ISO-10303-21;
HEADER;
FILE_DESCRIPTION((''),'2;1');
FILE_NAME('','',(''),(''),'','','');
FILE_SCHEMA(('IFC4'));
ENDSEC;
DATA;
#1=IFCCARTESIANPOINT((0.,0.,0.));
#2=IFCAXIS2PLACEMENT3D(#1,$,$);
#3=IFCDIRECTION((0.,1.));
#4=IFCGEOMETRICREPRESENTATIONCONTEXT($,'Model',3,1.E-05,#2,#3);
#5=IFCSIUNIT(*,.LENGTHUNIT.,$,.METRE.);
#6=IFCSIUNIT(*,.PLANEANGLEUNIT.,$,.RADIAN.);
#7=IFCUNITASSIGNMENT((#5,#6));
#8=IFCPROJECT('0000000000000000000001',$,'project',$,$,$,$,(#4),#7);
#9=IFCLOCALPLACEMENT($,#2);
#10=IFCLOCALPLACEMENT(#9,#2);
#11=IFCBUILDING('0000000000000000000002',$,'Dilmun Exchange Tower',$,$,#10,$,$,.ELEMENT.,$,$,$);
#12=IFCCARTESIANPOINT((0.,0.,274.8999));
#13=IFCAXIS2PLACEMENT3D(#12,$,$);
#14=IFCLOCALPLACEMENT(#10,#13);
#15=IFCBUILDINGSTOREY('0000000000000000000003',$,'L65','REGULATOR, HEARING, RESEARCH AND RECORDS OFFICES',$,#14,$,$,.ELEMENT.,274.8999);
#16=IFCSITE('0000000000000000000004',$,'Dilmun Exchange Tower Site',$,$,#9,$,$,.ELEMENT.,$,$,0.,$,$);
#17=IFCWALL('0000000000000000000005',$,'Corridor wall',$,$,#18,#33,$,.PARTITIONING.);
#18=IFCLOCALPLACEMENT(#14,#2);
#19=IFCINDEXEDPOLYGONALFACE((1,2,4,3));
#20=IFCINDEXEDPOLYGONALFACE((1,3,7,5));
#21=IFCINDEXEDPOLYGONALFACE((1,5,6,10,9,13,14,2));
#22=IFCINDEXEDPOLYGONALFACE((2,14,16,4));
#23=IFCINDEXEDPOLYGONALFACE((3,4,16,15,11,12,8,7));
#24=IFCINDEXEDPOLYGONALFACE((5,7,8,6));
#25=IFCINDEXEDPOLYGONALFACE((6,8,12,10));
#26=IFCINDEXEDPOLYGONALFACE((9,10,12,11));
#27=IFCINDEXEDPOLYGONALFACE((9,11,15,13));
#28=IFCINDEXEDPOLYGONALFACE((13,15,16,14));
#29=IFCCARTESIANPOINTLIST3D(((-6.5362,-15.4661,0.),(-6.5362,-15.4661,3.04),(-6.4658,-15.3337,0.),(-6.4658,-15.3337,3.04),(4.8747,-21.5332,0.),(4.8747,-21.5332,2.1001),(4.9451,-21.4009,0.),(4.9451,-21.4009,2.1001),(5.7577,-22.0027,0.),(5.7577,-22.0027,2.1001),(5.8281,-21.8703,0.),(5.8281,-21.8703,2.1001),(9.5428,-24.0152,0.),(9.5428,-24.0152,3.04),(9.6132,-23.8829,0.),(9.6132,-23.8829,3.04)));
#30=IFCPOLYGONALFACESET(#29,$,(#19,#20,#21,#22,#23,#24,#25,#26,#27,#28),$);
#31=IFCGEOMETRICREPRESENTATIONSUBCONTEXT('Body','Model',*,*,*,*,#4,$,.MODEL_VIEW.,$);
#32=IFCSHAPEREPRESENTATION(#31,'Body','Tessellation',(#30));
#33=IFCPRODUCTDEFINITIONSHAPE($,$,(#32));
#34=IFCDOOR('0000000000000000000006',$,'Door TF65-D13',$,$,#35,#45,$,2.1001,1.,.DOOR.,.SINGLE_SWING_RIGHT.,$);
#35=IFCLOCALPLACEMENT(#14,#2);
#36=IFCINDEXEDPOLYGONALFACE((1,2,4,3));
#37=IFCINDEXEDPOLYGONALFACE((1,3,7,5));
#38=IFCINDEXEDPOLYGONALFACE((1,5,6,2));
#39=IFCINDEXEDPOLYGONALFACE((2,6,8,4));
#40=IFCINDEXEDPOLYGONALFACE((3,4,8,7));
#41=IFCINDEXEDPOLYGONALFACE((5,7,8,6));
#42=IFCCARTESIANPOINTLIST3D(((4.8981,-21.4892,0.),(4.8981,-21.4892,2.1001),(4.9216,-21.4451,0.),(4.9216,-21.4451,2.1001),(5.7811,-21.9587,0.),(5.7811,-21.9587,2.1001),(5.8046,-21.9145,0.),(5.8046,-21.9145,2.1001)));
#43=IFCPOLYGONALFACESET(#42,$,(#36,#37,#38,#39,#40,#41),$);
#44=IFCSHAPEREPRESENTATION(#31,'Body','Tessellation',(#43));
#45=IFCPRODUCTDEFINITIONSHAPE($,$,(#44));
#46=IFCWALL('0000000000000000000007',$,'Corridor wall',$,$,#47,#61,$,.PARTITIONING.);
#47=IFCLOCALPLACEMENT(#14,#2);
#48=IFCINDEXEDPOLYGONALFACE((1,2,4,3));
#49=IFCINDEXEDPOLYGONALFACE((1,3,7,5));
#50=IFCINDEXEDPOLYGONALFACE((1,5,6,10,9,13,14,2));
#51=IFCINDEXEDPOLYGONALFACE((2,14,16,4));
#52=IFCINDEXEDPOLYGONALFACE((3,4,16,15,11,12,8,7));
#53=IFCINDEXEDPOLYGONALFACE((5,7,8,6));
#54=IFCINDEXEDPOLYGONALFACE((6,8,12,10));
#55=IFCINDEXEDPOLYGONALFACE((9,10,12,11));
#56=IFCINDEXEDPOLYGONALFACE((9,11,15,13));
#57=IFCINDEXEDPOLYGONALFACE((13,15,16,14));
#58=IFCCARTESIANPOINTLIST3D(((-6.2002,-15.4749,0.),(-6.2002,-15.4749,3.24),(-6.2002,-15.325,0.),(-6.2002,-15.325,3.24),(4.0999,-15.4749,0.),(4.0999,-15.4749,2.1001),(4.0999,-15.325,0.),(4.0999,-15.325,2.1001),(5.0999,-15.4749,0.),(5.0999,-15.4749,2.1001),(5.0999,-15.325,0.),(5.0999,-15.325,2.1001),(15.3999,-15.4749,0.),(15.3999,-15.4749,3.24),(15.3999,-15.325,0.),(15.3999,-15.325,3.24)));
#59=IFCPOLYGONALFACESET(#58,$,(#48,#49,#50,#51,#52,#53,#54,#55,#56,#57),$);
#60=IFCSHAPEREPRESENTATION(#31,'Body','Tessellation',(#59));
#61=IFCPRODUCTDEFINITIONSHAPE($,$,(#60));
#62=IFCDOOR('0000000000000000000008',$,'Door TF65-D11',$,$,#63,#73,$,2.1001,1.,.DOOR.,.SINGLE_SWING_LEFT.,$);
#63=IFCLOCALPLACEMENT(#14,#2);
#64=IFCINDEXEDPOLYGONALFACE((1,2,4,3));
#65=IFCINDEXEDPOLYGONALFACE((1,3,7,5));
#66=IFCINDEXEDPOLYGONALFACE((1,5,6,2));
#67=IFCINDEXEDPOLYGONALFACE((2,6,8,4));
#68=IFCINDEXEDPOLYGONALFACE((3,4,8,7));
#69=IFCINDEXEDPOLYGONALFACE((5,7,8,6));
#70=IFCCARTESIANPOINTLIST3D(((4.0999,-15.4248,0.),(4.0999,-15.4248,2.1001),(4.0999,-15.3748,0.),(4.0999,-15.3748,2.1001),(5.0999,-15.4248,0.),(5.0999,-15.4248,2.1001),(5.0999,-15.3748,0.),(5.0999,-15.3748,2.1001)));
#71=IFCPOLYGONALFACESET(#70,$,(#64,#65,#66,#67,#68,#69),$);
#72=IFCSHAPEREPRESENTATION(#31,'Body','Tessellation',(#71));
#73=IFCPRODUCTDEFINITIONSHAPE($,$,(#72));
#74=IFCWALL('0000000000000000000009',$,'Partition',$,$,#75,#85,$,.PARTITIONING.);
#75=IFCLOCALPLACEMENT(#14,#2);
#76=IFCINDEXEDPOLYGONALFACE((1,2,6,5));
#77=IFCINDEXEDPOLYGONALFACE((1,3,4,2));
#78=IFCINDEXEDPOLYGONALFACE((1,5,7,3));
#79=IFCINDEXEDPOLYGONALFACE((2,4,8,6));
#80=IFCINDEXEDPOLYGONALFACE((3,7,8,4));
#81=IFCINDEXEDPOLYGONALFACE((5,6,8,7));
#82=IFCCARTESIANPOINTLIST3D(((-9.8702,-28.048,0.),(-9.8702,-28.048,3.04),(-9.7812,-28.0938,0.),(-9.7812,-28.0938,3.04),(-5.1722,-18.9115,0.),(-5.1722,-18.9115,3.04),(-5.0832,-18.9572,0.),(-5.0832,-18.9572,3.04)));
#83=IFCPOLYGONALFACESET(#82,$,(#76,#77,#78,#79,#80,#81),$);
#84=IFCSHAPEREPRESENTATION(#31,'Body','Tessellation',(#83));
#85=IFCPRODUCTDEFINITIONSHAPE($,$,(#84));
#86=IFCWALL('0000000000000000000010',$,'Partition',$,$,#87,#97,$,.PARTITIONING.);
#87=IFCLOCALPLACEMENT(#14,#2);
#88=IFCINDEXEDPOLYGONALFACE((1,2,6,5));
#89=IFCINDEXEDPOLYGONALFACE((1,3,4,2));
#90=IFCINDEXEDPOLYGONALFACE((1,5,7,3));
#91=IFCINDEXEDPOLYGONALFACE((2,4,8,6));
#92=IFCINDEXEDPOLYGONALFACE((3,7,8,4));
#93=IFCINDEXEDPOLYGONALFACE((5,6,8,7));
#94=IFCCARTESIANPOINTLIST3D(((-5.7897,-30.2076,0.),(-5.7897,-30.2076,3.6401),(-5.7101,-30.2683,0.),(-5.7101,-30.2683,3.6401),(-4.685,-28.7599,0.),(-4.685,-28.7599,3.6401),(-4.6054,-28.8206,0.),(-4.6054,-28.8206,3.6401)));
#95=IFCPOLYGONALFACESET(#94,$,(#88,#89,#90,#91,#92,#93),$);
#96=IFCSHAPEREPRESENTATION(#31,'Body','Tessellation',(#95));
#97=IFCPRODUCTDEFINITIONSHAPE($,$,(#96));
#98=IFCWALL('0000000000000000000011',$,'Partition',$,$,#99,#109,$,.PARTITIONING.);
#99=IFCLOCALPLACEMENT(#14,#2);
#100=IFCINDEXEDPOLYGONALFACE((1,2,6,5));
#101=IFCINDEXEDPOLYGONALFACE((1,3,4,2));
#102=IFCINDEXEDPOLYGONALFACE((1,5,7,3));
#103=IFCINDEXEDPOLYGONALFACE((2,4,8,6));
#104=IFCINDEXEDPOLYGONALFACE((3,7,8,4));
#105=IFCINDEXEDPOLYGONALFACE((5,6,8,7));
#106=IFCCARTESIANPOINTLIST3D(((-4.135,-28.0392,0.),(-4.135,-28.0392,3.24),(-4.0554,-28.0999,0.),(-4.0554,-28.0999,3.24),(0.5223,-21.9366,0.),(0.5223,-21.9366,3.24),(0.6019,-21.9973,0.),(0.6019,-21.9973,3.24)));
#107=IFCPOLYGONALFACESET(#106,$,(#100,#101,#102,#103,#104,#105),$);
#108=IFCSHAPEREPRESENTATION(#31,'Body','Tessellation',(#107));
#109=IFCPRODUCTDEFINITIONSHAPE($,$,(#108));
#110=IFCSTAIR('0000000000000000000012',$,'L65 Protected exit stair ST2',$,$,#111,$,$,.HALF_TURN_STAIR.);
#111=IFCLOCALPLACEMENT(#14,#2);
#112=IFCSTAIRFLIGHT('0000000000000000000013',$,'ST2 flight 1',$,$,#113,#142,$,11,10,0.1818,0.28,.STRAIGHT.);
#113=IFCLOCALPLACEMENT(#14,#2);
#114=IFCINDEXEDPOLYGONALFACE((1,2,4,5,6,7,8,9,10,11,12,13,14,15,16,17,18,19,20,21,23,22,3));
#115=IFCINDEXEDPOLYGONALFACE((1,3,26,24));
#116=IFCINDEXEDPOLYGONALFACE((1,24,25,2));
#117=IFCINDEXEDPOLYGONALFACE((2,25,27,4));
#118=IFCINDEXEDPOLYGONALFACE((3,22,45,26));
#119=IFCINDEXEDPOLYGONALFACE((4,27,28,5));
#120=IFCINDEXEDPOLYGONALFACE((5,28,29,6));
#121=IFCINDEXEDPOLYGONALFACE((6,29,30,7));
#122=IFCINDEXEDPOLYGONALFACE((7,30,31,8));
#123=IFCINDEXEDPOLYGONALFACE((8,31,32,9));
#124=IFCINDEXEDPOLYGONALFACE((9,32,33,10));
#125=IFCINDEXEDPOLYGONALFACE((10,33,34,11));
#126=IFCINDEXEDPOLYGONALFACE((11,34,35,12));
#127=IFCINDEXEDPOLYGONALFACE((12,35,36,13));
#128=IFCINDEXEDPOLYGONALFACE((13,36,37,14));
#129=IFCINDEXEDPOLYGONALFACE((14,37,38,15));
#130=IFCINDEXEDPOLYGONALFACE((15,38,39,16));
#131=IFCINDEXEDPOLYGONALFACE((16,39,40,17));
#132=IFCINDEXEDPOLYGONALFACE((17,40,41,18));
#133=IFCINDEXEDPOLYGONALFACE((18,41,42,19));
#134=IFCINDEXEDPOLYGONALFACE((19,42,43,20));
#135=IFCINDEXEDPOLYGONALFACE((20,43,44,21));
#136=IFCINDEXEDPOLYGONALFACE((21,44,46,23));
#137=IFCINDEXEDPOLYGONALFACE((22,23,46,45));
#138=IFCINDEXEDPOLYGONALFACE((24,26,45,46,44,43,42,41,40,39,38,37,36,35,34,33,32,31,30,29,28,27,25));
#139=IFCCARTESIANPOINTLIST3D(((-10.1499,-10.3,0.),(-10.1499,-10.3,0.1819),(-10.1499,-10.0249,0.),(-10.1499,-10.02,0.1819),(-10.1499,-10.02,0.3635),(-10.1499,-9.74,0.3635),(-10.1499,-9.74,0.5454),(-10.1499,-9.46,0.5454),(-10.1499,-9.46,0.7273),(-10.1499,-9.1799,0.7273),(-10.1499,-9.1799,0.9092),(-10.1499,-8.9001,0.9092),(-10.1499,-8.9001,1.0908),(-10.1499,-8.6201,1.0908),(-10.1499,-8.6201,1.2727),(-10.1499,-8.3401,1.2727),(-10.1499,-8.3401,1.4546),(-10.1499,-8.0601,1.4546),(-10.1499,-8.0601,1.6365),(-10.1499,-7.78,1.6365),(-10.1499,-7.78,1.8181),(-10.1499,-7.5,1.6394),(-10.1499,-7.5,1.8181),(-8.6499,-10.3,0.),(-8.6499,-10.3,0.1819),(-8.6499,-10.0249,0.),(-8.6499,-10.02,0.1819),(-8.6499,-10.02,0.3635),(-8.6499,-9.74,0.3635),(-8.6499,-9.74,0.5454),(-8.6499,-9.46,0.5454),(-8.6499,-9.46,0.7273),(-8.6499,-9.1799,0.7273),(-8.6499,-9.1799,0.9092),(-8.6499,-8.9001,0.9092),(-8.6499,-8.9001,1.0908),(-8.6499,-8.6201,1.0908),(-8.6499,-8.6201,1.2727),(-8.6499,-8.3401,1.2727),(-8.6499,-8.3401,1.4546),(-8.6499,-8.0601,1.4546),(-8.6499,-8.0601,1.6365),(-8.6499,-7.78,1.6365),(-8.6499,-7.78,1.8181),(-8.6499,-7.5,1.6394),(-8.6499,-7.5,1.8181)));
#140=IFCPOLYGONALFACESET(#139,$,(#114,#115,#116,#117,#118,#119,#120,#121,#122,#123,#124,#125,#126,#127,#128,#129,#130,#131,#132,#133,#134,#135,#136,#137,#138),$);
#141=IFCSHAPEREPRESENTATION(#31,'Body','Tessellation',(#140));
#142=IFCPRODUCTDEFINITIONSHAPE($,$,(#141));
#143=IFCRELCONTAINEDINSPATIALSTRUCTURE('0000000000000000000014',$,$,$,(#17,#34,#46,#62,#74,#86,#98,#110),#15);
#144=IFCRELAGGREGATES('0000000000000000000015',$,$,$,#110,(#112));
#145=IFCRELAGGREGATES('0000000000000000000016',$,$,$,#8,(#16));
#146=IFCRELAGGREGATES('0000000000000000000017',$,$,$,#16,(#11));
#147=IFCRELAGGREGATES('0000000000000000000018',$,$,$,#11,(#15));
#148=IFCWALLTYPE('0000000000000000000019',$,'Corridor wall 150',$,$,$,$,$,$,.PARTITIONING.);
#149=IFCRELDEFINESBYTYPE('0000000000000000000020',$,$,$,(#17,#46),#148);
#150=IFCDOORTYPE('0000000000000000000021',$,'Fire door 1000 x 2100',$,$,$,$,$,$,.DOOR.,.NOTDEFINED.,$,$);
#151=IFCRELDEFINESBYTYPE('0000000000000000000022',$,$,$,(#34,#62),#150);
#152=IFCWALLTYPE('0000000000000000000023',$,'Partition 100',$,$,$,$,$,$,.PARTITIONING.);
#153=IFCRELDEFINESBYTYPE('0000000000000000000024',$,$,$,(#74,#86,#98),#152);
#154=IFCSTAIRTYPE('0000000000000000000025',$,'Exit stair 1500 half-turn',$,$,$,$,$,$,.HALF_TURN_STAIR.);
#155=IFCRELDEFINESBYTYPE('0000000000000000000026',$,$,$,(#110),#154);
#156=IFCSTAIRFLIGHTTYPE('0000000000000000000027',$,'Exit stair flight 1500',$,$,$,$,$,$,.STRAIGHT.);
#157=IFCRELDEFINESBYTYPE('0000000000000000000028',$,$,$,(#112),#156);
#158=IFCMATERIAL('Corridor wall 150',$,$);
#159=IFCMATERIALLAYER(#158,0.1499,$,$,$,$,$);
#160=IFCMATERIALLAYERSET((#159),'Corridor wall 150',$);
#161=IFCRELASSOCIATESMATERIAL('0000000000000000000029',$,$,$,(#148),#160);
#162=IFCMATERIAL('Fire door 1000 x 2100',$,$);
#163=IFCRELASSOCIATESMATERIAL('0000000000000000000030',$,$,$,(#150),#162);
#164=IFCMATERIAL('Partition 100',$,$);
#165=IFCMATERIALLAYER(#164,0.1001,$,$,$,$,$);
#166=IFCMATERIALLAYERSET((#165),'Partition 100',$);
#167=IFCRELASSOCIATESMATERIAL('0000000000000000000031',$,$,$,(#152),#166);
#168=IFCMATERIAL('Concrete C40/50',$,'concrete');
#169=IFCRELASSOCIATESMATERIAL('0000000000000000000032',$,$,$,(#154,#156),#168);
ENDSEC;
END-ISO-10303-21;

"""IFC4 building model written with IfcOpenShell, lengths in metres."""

from ifc_helpers import new_model, si_unit, direction, frame, frame_2d, origin, place, context, subcontext, project, spatial, polyline, rectangle, outline, extrude, material, layer, layer_set, type_object, element, fill, aggregate, save


model = new_model("IFC4")

# Units and contexts
model_context = context("Model", 3, precision=1e-05, world=origin(), true_north=direction((0.0, 1.0)))
body_context = subcontext(model_context, "Body", "Model", "MODEL_VIEW")
ifc_project = project(units=[si_unit("LENGTHUNIT", "METRE"), si_unit("PLANEANGLEUNIT", "RADIAN")], contexts=[model_context])

# Site, building, storey
site_placement = place(None, origin())
site = spatial("IfcSite", under=ifc_project, at=site_placement, Name="Dilmun Exchange Tower Site", CompositionType="ELEMENT", RefElevation=0.0)
building_placement = place(site_placement, origin())
building = spatial("IfcBuilding", under=site, at=building_placement, Name="Dilmun Exchange Tower", CompositionType="ELEMENT")
storey_placement = place(building_placement, frame((0.0, 0.0, 274.8999)))
storey = spatial("IfcBuildingStorey", under=building, at=storey_placement, Name="L65", Description="REGULATOR, HEARING, RESEARCH AND RECORDS OFFICES", CompositionType="ELEMENT", Elevation=274.8999)

# Shared definitions
ifc_material_1 = material(Name="Concrete C40/50", Category="concrete")

# Walls, openings, doors
ifc_material_2 = material(Name="Corridor wall 150")
ifc_layer_1 = layer(ifc_material_2, 0.1499)
ifc_layer_set_1 = layer_set([ifc_layer_1], Name="Corridor wall 150")
wall_type_1 = type_object("IfcWallType", Name="Corridor wall 150", PredefinedType="PARTITIONING", material=ifc_layer_set_1)
wall_1_placement = place(storey_placement, frame((-6.501, -15.3999, 0.0), z_axis=(0.0, 0.0, 1.0), x_axis=(0.882952, -0.469463, 0.0)))
wall_1 = element("IfcWall", 1, at=wall_1_placement, inside=storey, type_object=wall_type_1, Name="Corridor wall", PredefinedType="PARTITIONING", context=body_context, shape_type="SweptSolid", body=[
    extrude(rectangle(XDim=18.2104, YDim=0.1499, at=frame_2d((9.1052, 0.0))), origin(), (0.0, 0.0, 1.0), 3.04),
])
opening_1_placement = place(wall_1_placement, frame((12.9236, 0.0, 0.0)))
opening_1 = element("IfcOpeningElement", 2, at=opening_1_placement, cuts=wall_1, PredefinedType="OPENING", context=body_context, shape_type="SweptSolid", body=[
    extrude(rectangle(XDim=1.0, YDim=2.1001, at=frame_2d((0.5, 1.05))), frame((0.0, 0.085, 0.0), z_axis=(0.0, -1.0, 0.0), x_axis=(1.0, 0.0, 0.0)), (0.0, 0.0, 1.0), 0.1699),
])
ifc_material_3 = material(Name="Fire door 1000 x 2100")
door_type_1 = type_object("IfcDoorType", Name="Fire door 1000 x 2100", OperationType="NOTDEFINED", PredefinedType="DOOR", material=ifc_material_3)
door_1_placement = place(opening_1_placement, origin())
door_1 = element("IfcDoor", 3, at=door_1_placement, inside=storey, type_object=door_type_1, Name="Door TF65-D13", OperationType="SINGLE_SWING_RIGHT", OverallHeight=2.1001, OverallWidth=1.0, PredefinedType="DOOR", context=body_context, shape_type="SweptSolid", body=[
    extrude(rectangle(XDim=1.0, YDim=2.1001, at=frame_2d((0.5, 1.05))), frame((0.0, 0.0249, 0.0), z_axis=(0.0, -1.0, 0.0), x_axis=(1.0, 0.0, 0.0)), (0.0, 0.0, 1.0), 0.05),
])
fill(opening_1, door_1)
wall_2_placement = place(storey_placement, frame((-6.2002, -15.3999, 0.0), z_axis=(0.0, 0.0, 1.0), x_axis=(1.0, 0.0, 0.0)))
wall_2 = element("IfcWall", 4, at=wall_2_placement, inside=storey, type_object=wall_type_1, Name="Corridor wall", PredefinedType="PARTITIONING", context=body_context, shape_type="SweptSolid", body=[
    extrude(rectangle(XDim=21.6001, YDim=0.1499, at=frame_2d((10.8, 0.0))), origin(), (0.0, 0.0, 1.0), 3.24),
])
opening_2_placement = place(wall_2_placement, frame((10.3, 0.0, 0.0)))
opening_2 = element("IfcOpeningElement", 5, at=opening_2_placement, cuts=wall_2, PredefinedType="OPENING", context=body_context, shape_type="SweptSolid", body=[
    extrude(rectangle(XDim=1.0, YDim=2.1001, at=frame_2d((0.5, 1.05))), frame((0.0, 0.085, 0.0), z_axis=(0.0, -1.0, 0.0), x_axis=(1.0, 0.0, 0.0)), (0.0, 0.0, 1.0), 0.1699),
])
door_2_placement = place(opening_2_placement, frame((1.0, 0.0, 0.0), z_axis=(0.0, 0.0, 1.0), x_axis=(-1.0, 0.0, 0.0)))
door_2 = element("IfcDoor", 6, at=door_2_placement, inside=storey, type_object=door_type_1, Name="Door TF65-D11", OperationType="SINGLE_SWING_LEFT", OverallHeight=2.1001, OverallWidth=1.0, PredefinedType="DOOR", context=body_context, shape_type="SweptSolid", body=[
    extrude(rectangle(XDim=1.0, YDim=2.1001, at=frame_2d((0.5, 1.05))), frame((0.0, 0.0249, 0.0), z_axis=(0.0, -1.0, 0.0), x_axis=(1.0, 0.0, 0.0)), (0.0, 0.0, 1.0), 0.05),
])
fill(opening_2, door_2)

# Walls
ifc_material_4 = material(Name="Partition 100")
ifc_layer_2 = layer(ifc_material_4, 0.1001)
ifc_layer_set_2 = layer_set([ifc_layer_2], Name="Partition 100")
wall_type_2 = type_object("IfcWallType", Name="Partition 100", PredefinedType="PARTITIONING", material=ifc_layer_set_2)
wall_3_placement = place(storey_placement, frame((-9.8257, -28.0708, 0.0), z_axis=(0.0, 0.0, 1.0), x_axis=(0.457289, 0.889318, 0.0)))
element("IfcWall", 7, at=wall_3_placement, inside=storey, type_object=wall_type_2, Name="Partition", PredefinedType="PARTITIONING", context=body_context, shape_type="SweptSolid", body=[
    extrude(rectangle(XDim=10.2737, YDim=0.1001, at=frame_2d((5.1367, 0.0))), origin(), (0.0, 0.0, 1.0), 3.04),
])
wall_4_placement = place(storey_placement, frame((-5.75, -30.238, 0.0), z_axis=(0.0, 0.0, 1.0), x_axis=(0.606629, 0.794985, 0.0)))
element("IfcWall", 8, at=wall_4_placement, inside=storey, type_object=wall_type_2, Name="Partition", PredefinedType="PARTITIONING", context=body_context, shape_type="SweptSolid", body=[
    extrude(rectangle(XDim=1.821, YDim=0.1001, at=frame_2d((0.9106, 0.0))), origin(), (0.0, 0.0, 1.0), 3.6401),
])
wall_5_placement = place(storey_placement, frame((-4.0952, -28.0696, 0.0), z_axis=(0.0, 0.0, 1.0), x_axis=(0.606675, 0.79495, 0.0)))
element("IfcWall", 9, at=wall_5_placement, inside=storey, type_object=wall_type_2, Name="Partition", PredefinedType="PARTITIONING", context=body_context, shape_type="SweptSolid", body=[
    extrude(rectangle(XDim=7.6768, YDim=0.1001, at=frame_2d((3.8384, 0.0))), origin(), (0.0, 0.0, 1.0), 3.24),
])

# Stair, stair flight
stair_type = type_object("IfcStairType", Name="Exit stair 1500 half-turn", PredefinedType="HALF_TURN_STAIR", material=ifc_material_1)
stair_placement = place(storey_placement, origin())
stair = element("IfcStair", 10, at=stair_placement, inside=storey, type_object=stair_type, Name="L65 Protected exit stair ST2", PredefinedType="HALF_TURN_STAIR")
stair_flight_type = type_object("IfcStairFlightType", Name="Exit stair flight 1500", PredefinedType="STRAIGHT", material=ifc_material_1)
stair_flight_placement = place(storey_placement, frame((-9.3999, -10.3, 0.0), z_axis=(0.0, 0.0, 1.0), x_axis=(0.0, 1.0, 0.0)))
stair_flight = element("IfcStairFlight", 11, at=stair_flight_placement, type_object=stair_flight_type, Name="ST2 flight 1", NumberOfRisers=11, NumberOfTreads=10, PredefinedType="STRAIGHT", RiserHeight=0.1818, TreadLength=0.28, context=body_context, shape_type="SweptSolid", body=[
    extrude(outline(polyline([(0.0, 0.0), (0.0, 0.1819), (0.28, 0.1819), (0.28, 0.3635), (0.5601, 0.3635), (0.5601, 0.5454), (0.8401, 0.5454), (0.8401, 0.7273), (1.1201, 0.7273), (1.1201, 0.9092), (1.3999, 0.9092), (1.3999, 1.0908), (1.6799, 1.0908), (1.6799, 1.2727), (1.96, 1.2727), (1.96, 1.4546), (2.24, 1.4546), (2.24, 1.6365), (2.52, 1.6365), (2.52, 1.8181), (2.8, 1.8181), (2.8, 2.0), (2.8, 1.6394), (0.2751, 0.0), (0.0, 0.0)])), frame((0.0, 0.75, 0.0), z_axis=(0.0, -1.0, 0.0), x_axis=(1.0, 0.0, 0.0)), (0.0, 0.0, 1.0), 1.5),
])
aggregate(stair, [stair_flight])

save(model, "model.ifc")
